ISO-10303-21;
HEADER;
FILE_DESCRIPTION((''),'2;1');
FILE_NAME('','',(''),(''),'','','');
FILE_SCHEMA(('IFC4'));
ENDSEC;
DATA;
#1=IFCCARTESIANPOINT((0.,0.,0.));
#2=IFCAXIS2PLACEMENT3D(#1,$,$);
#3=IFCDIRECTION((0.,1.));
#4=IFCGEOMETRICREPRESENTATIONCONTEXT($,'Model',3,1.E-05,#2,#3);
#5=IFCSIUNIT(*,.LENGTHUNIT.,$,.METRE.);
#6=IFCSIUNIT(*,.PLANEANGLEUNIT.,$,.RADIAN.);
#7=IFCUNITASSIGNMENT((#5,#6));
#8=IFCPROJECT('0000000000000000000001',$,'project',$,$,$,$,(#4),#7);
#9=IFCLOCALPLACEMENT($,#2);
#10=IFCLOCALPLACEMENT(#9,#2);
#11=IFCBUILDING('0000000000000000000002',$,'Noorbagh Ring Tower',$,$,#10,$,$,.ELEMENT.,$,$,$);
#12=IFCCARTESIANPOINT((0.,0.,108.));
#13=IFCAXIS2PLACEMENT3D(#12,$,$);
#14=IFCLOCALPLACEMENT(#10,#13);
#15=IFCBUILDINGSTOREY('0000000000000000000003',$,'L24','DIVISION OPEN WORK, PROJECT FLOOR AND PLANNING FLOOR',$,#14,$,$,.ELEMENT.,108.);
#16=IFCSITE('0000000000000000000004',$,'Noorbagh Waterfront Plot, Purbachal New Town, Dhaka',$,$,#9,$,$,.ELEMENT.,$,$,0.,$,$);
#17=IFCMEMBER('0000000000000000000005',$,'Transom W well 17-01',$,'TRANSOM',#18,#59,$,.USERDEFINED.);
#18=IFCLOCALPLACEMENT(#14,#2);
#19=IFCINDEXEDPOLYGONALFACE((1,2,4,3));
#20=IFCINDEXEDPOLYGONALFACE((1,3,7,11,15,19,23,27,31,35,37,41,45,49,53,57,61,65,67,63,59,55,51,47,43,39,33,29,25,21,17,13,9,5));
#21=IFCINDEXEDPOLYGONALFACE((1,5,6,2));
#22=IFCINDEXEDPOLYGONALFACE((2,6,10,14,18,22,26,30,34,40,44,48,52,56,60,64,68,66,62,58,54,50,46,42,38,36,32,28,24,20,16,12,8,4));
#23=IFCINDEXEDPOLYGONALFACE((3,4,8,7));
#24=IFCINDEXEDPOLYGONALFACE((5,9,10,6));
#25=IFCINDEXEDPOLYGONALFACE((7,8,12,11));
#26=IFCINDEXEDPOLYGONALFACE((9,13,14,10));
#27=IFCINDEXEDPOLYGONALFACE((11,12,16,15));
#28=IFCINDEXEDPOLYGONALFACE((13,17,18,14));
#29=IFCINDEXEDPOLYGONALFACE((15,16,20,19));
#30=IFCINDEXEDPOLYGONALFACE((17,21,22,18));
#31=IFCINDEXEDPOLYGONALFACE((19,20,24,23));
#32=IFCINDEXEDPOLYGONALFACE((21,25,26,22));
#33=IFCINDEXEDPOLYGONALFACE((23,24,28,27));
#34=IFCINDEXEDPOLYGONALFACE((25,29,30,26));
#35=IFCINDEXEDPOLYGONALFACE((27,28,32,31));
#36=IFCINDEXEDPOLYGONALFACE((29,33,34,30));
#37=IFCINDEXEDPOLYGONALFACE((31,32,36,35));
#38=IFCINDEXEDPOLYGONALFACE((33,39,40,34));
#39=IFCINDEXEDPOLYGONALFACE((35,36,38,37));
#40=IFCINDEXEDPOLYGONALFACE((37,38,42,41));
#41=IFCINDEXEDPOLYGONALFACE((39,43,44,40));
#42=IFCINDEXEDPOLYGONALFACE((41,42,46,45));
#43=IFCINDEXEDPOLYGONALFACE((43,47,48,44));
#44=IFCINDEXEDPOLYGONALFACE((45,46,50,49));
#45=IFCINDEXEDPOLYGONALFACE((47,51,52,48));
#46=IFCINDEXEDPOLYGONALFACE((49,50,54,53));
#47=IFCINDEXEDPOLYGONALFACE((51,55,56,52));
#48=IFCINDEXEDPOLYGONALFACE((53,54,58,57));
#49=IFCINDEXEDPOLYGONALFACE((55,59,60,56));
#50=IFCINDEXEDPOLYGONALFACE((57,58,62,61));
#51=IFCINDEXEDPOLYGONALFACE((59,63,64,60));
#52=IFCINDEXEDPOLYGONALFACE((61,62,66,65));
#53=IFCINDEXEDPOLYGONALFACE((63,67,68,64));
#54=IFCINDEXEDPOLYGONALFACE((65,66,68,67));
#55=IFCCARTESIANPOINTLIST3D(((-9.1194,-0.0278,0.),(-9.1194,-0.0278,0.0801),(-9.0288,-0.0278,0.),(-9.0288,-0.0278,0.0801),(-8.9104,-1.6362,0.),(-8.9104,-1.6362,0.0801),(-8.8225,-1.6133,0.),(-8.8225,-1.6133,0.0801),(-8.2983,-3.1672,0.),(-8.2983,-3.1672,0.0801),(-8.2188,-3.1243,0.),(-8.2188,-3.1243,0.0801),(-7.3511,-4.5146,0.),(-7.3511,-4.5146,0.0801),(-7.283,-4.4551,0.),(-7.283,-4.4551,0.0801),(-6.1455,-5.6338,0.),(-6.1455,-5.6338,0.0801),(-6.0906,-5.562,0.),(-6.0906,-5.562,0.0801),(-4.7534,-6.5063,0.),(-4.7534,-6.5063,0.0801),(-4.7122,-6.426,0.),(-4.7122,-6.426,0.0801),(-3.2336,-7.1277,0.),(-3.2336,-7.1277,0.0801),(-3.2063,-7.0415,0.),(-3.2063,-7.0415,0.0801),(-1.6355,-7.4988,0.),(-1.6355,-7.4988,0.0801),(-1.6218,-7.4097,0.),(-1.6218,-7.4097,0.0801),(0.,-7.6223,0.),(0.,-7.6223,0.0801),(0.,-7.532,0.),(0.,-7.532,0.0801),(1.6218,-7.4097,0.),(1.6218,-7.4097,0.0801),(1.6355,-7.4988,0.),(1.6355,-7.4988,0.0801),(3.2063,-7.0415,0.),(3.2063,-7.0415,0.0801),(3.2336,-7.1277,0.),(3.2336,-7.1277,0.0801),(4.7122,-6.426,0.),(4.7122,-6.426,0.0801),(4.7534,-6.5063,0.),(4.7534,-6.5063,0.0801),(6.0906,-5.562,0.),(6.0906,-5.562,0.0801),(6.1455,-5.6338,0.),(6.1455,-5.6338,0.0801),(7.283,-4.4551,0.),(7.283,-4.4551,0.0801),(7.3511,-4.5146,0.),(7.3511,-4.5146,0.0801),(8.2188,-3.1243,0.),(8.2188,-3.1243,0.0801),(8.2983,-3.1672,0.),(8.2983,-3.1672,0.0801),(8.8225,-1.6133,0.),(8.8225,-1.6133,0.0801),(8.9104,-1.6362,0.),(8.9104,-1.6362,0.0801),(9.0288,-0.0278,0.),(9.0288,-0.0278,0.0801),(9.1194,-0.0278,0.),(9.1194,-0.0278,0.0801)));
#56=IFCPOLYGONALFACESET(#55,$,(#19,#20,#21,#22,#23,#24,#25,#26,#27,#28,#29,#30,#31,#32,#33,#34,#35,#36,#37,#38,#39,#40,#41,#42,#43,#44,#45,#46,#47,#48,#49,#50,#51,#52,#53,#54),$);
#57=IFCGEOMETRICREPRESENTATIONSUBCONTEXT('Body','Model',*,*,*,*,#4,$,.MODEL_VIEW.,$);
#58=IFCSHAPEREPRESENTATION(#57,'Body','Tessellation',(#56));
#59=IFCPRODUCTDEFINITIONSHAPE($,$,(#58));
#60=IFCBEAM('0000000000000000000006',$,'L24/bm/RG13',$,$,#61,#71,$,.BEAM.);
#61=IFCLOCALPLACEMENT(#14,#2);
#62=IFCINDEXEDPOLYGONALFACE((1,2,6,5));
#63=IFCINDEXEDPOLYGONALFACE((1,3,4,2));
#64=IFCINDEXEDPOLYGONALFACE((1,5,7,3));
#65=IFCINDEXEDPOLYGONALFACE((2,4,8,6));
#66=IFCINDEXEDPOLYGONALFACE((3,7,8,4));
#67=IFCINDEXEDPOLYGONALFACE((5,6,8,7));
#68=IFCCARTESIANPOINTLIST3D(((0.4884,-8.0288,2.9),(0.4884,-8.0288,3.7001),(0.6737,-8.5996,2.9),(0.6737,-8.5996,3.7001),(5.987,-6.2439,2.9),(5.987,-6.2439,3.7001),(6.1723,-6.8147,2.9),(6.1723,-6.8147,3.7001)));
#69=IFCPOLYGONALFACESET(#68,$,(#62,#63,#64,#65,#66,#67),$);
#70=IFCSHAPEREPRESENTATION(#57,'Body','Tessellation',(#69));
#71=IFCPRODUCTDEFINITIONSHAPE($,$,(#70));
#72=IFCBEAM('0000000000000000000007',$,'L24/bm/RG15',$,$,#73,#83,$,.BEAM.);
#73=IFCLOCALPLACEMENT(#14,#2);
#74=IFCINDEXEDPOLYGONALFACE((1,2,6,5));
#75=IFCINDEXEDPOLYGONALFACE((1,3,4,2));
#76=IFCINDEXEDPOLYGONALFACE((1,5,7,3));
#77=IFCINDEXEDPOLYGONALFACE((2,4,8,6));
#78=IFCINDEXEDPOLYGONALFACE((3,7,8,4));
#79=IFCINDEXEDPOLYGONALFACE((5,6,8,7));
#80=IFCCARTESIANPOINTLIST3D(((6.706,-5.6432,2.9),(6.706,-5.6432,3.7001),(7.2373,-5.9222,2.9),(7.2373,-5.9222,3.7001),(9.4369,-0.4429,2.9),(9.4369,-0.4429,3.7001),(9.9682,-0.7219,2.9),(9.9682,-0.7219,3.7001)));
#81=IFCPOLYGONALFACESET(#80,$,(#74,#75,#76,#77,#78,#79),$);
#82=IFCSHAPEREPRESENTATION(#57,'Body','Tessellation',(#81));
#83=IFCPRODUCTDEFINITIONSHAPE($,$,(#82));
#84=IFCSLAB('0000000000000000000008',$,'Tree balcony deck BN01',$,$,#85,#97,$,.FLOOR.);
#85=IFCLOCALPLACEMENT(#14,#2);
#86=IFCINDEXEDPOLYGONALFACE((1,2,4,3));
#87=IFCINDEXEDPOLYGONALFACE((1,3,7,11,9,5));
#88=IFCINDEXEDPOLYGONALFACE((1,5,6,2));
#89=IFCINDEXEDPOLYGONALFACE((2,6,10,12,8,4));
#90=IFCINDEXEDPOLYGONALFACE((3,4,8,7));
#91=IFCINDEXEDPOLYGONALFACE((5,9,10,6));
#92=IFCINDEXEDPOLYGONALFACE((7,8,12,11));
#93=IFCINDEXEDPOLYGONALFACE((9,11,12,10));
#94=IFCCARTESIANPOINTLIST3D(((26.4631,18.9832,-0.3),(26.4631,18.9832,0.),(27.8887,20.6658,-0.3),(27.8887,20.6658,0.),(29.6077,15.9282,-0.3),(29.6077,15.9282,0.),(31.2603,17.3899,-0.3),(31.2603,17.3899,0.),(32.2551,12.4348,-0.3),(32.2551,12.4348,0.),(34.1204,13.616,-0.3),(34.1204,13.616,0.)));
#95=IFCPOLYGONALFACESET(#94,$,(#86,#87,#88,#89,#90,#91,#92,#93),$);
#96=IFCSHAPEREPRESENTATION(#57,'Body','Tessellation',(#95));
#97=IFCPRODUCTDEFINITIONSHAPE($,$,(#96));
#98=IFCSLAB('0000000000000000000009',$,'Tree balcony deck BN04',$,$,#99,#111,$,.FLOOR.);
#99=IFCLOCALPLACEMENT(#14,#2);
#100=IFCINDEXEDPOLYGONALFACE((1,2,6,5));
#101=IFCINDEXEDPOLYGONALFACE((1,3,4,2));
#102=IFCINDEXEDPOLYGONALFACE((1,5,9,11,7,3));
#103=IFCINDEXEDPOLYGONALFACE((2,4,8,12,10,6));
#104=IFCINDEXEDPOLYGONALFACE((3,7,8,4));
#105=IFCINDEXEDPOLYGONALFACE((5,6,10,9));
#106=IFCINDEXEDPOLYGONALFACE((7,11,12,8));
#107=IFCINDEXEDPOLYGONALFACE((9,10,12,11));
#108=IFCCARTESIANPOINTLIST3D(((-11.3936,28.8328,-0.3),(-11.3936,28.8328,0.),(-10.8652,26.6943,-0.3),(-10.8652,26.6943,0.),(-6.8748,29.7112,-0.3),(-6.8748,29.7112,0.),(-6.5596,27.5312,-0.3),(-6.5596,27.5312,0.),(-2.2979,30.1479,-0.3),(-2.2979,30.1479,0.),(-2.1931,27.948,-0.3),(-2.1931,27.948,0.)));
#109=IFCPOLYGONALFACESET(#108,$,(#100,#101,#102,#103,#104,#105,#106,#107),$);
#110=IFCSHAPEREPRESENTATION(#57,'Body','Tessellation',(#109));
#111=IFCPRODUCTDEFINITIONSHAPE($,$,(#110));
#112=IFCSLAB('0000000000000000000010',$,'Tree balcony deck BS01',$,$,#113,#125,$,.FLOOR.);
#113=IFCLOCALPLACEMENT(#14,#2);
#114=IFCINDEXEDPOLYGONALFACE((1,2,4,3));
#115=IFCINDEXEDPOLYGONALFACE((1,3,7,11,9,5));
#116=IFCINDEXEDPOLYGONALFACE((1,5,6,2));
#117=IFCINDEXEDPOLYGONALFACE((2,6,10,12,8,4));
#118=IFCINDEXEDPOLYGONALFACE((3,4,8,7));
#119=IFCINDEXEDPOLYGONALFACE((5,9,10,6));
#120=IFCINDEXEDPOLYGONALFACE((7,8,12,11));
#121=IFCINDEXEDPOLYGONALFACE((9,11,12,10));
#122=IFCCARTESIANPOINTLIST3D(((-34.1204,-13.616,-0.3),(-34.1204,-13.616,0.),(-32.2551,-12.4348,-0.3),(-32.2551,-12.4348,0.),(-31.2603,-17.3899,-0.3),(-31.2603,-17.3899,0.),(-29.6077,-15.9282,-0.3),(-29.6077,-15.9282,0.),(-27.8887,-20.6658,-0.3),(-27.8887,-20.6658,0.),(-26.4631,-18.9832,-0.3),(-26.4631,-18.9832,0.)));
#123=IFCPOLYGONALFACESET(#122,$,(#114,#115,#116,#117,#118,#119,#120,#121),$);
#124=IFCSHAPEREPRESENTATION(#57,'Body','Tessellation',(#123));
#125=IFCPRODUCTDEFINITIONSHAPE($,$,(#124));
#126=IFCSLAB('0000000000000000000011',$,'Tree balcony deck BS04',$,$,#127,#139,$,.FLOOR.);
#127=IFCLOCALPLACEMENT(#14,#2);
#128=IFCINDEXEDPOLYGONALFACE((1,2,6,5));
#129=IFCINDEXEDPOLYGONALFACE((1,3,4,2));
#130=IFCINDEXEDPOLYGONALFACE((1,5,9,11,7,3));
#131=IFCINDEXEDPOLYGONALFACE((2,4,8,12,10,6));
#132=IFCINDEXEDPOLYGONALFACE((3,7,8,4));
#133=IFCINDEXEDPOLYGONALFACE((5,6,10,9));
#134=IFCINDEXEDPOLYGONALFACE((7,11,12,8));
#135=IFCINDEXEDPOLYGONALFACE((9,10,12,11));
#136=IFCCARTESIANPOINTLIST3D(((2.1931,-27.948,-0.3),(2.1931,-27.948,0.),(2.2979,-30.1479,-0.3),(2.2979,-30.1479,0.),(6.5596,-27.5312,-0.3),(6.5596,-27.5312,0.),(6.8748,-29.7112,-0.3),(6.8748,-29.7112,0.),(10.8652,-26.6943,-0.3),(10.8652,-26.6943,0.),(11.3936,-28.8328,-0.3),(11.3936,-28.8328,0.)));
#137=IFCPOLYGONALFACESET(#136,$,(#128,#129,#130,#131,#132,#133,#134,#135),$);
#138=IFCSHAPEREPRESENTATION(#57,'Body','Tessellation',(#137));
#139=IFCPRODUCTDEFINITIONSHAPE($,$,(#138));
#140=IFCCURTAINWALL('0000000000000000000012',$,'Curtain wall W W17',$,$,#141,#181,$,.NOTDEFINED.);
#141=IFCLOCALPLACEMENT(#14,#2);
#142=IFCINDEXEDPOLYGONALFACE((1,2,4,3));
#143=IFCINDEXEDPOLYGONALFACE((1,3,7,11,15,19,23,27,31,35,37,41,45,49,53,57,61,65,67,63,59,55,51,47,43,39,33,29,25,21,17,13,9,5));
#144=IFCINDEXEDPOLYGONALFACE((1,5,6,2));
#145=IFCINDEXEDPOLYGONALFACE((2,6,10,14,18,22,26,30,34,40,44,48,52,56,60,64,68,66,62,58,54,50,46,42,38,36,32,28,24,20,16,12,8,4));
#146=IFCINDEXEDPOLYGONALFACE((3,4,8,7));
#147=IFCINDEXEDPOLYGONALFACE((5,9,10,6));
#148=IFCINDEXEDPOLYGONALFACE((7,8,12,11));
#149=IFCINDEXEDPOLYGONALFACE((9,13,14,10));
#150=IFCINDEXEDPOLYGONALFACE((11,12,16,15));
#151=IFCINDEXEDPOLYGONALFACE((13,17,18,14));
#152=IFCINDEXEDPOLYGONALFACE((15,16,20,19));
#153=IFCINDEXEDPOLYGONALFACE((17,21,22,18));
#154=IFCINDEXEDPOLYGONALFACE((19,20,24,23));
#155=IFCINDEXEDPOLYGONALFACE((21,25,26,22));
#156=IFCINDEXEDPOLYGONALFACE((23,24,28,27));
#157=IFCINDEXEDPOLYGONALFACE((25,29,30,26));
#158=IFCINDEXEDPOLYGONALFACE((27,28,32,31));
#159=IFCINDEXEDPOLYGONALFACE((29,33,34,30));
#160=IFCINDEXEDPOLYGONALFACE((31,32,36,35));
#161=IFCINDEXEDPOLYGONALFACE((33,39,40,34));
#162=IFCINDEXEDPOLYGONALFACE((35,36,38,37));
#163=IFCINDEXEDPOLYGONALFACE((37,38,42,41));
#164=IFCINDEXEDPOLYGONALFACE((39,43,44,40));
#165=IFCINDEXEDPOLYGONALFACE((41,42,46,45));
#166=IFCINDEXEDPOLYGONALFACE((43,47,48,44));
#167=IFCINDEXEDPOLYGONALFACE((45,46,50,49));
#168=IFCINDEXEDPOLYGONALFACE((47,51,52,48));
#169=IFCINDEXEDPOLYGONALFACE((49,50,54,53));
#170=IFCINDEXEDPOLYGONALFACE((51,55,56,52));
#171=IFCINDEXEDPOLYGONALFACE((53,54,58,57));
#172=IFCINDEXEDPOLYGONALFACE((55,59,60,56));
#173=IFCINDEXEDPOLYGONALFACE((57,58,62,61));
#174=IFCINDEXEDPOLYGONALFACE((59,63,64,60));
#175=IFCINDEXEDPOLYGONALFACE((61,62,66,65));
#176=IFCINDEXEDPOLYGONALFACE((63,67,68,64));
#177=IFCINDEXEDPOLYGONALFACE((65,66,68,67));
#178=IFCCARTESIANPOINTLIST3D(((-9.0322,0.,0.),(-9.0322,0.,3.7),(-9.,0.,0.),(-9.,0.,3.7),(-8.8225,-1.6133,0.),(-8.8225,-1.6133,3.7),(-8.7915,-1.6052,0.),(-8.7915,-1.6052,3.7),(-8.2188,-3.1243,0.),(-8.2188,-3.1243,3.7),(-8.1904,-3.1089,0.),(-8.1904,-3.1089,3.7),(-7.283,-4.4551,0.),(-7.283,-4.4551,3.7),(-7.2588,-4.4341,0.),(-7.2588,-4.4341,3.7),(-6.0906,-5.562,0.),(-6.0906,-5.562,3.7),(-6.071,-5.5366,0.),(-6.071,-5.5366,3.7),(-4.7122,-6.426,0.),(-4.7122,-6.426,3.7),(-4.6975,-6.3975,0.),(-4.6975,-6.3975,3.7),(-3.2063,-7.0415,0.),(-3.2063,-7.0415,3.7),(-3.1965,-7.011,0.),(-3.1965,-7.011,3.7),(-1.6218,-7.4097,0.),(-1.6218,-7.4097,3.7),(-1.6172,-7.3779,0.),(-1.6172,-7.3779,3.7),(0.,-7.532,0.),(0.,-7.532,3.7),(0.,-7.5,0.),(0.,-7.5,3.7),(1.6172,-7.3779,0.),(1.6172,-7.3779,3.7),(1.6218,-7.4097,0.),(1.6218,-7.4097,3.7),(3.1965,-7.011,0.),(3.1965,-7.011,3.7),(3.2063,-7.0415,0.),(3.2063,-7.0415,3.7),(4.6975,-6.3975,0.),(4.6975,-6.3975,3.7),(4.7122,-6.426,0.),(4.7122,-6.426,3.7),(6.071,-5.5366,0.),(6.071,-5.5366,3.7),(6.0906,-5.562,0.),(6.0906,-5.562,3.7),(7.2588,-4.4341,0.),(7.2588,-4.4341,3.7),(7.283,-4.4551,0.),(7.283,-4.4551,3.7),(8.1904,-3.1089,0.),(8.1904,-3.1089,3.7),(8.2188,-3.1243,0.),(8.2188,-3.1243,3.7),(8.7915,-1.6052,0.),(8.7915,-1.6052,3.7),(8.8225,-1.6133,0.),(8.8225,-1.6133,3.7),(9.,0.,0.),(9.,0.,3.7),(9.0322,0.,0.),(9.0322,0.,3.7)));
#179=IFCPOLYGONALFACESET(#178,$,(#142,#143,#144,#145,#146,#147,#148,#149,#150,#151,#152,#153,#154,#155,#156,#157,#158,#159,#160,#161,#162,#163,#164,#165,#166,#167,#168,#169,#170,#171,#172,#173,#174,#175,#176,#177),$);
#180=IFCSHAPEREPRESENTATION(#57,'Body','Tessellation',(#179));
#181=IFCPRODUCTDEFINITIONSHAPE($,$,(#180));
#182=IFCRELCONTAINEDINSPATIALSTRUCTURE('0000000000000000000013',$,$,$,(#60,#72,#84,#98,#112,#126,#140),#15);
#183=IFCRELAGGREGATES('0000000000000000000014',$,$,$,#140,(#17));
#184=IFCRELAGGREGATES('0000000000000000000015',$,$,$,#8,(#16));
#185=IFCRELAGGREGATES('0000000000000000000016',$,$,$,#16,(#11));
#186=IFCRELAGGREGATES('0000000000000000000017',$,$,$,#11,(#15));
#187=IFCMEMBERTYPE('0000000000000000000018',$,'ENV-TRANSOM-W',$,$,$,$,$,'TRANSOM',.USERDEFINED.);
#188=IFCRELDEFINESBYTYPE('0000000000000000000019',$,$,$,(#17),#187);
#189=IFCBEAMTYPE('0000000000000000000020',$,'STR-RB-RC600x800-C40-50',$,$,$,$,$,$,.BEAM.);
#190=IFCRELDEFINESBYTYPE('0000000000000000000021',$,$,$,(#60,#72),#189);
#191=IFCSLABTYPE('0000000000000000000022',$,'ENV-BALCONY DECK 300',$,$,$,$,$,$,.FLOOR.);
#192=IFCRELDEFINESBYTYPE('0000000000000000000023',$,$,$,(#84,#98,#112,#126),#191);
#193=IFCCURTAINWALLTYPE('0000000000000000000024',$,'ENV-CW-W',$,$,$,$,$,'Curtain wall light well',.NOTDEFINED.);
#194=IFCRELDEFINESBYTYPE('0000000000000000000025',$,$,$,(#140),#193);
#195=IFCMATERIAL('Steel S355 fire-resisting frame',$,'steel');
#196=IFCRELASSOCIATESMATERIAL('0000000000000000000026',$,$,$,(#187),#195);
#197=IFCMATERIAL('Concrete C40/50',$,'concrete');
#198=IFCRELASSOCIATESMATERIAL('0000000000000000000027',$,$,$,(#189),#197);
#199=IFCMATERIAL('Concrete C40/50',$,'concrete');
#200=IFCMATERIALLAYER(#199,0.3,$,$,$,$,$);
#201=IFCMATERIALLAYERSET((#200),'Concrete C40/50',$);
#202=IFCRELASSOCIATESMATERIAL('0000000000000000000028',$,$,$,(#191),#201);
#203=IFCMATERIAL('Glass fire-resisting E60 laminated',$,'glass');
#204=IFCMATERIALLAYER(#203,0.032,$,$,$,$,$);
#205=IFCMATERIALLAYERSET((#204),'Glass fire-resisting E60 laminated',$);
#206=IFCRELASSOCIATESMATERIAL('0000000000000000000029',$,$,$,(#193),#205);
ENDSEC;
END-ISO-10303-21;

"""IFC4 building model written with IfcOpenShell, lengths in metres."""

from ifc_helpers import new_model, si_unit, direction, frame, origin, origin_2d, place, context, subcontext, project, spatial, polyline, rectangle, outline, extrude, material, layer, layer_set, material_profile, profile_set, type_object, element, aggregate, save


model = new_model("IFC4")

# Units and contexts
model_context = context("Model", 3, precision=1e-05, world=origin(), true_north=direction((0.0, 1.0)))
body_context = subcontext(model_context, "Body", "Model", "MODEL_VIEW")
ifc_project = project(units=[si_unit("LENGTHUNIT", "METRE"), si_unit("PLANEANGLEUNIT", "RADIAN")], contexts=[model_context])

# Site, building, storey
site_placement = place(None, origin())
site = spatial("IfcSite", under=ifc_project, at=site_placement, Name="Noorbagh Waterfront Plot, Purbachal New Town, Dhaka", CompositionType="ELEMENT", RefElevation=0.0)
building_placement = place(site_placement, origin())
building = spatial("IfcBuilding", under=site, at=building_placement, Name="Noorbagh Ring Tower", CompositionType="ELEMENT")
storey_placement = place(building_placement, frame((0.0, 0.0, 108.0)))
storey = spatial("IfcBuildingStorey", under=building, at=storey_placement, Name="L24", Description="DIVISION OPEN WORK, PROJECT FLOOR AND PLANNING FLOOR", CompositionType="ELEMENT", Elevation=108.0)

# Member
ifc_material_1 = material(Name="Steel S355 fire-resisting frame", Category="steel")
member_type_1 = type_object("IfcMemberType", Name="ENV-TRANSOM-W", ElementType="TRANSOM", PredefinedType="USERDEFINED", material=ifc_material_1)
member_1_placement = place(storey_placement, origin())
member_1 = element("IfcMember", 1, at=member_1_placement, type_object=member_type_1, Name="Transom W well 17-01", ObjectType="TRANSOM", PredefinedType="USERDEFINED", context=body_context, shape_type="SweptSolid", body=[
    extrude(outline(polyline([(-9.1194, -0.0278), (-8.9104, -1.6362), (-8.2983, -3.1672), (-7.3511, -4.5146), (-6.1455, -5.6338), (-4.7534, -6.5063), (-3.2336, -7.1277), (-1.6355, -7.4988), (0.0, -7.6223), (1.6355, -7.4988), (3.2336, -7.1277), (4.7534, -6.5063), (6.1455, -5.6338), (7.3511, -4.5146), (8.2983, -3.1672), (8.9104, -1.6362), (9.1194, -0.0278), (9.0288, -0.0278), (8.8225, -1.6133), (8.2188, -3.1243), (7.283, -4.4551), (6.0906, -5.562), (4.7122, -6.426), (3.2063, -7.0415), (1.6218, -7.4097), (0.0, -7.532), (-1.6218, -7.4097), (-3.2063, -7.0415), (-4.7122, -6.426), (-6.0906, -5.562), (-7.283, -4.4551), (-8.2188, -3.1243), (-8.8225, -1.6133), (-9.0288, -0.0278), (-9.1194, -0.0278)])), origin(), (0.0, 0.0, 1.0), 0.0801),
])

# Beams
ifc_material_2 = material(Name="Concrete C40/50", Category="concrete")
ifc_material_profile_1 = material_profile(ifc_material_2, rectangle(XDim=0.6001, YDim=0.8, at=origin_2d()), Name="RC600x800")
ifc_profile_set_1 = profile_set([ifc_material_profile_1], Name="Concrete C40/50")
beam_type = type_object("IfcBeamType", Name="STR-RB-RC600x800-C40-50", PredefinedType="BEAM", material=ifc_profile_set_1)
beam_1_placement = place(storey_placement, frame((0.5811, -8.3142, 3.3), z_axis=(0.951141, 0.308756, 0.0), x_axis=(-0.308756, 0.951141, 0.0)))
element("IfcBeam", 2, at=beam_1_placement, inside=storey, type_object=beam_type, Name="L24/bm/RG13", PredefinedType="BEAM", context=body_context, shape_type="SweptSolid", body=[
    extrude(rectangle(XDim=0.6001, YDim=0.8, at=origin_2d()), origin(), (0.0, 0.0, 1.0), 5.781),
])
beam_2_placement = place(storey_placement, frame((6.9717, -5.7827, 3.3), z_axis=(0.464931, 0.885347, 0.0), x_axis=(-0.885347, 0.464931, 0.0)))
element("IfcBeam", 3, at=beam_2_placement, inside=storey, type_object=beam_type, Name="L24/bm/RG15", PredefinedType="BEAM", context=body_context, shape_type="SweptSolid", body=[
    extrude(rectangle(XDim=0.6001, YDim=0.8, at=origin_2d()), origin(), (0.0, 0.0, 1.0), 5.8738),
])

# Slabs
ifc_material_3 = material(Name="Concrete C40/50", Category="concrete")
ifc_layer_1 = layer(ifc_material_3, 0.3)
ifc_layer_set_1 = layer_set([ifc_layer_1], Name="Concrete C40/50")
slab_type = type_object("IfcSlabType", Name="ENV-BALCONY DECK 300", PredefinedType="FLOOR", material=ifc_layer_set_1)
slab_1_placement = place(storey_placement, frame((0.0, 0.0, -0.3)))
element("IfcSlab", 4, at=slab_1_placement, inside=storey, type_object=slab_type, Name="Tree balcony deck BN01", PredefinedType="FLOOR", context=body_context, shape_type="SweptSolid", body=[
    extrude(outline(polyline([(34.1204, 13.616), (31.2603, 17.3899), (27.8887, 20.6658), (26.4631, 18.9832), (29.6077, 15.9282), (32.2551, 12.4348), (34.1204, 13.616)])), origin(), (0.0, 0.0, 1.0), 0.3),
])
slab_2_placement = place(storey_placement, frame((0.0, 0.0, -0.3)))
element("IfcSlab", 5, at=slab_2_placement, inside=storey, type_object=slab_type, Name="Tree balcony deck BN04", PredefinedType="FLOOR", context=body_context, shape_type="SweptSolid", body=[
    extrude(outline(polyline([(-2.2979, 30.1479), (-6.8748, 29.7112), (-11.3936, 28.8328), (-10.8652, 26.6943), (-6.5596, 27.5312), (-2.1931, 27.948), (-2.2979, 30.1479)])), origin(), (0.0, 0.0, 1.0), 0.3),
])
slab_3_placement = place(storey_placement, frame((0.0, 0.0, -0.3)))
element("IfcSlab", 6, at=slab_3_placement, inside=storey, type_object=slab_type, Name="Tree balcony deck BS01", PredefinedType="FLOOR", context=body_context, shape_type="SweptSolid", body=[
    extrude(outline(polyline([(-34.1204, -13.616), (-31.2603, -17.3899), (-27.8887, -20.6658), (-26.4631, -18.9832), (-29.6077, -15.9282), (-32.2551, -12.4348), (-34.1204, -13.616)])), origin(), (0.0, 0.0, 1.0), 0.3),
])
slab_4_placement = place(storey_placement, frame((0.0, 0.0, -0.3)))
element("IfcSlab", 7, at=slab_4_placement, inside=storey, type_object=slab_type, Name="Tree balcony deck BS04", PredefinedType="FLOOR", context=body_context, shape_type="SweptSolid", body=[
    extrude(outline(polyline([(2.2979, -30.1479), (6.8748, -29.7112), (11.3936, -28.8328), (10.8652, -26.6943), (6.5596, -27.5312), (2.1931, -27.948), (2.2979, -30.1479)])), origin(), (0.0, 0.0, 1.0), 0.3),
])

# Curtain wall
ifc_material_4 = material(Name="Glass fire-resisting E60 laminated", Category="glass")
ifc_layer_2 = layer(ifc_material_4, 0.032)
ifc_layer_set_2 = layer_set([ifc_layer_2], Name="Glass fire-resisting E60 laminated")
curtain_wall_type_1 = type_object("IfcCurtainWallType", Name="ENV-CW-W", ElementType="Curtain wall light well", PredefinedType="NOTDEFINED", material=ifc_layer_set_2)
curtain_wall_1_placement = place(storey_placement, origin())
curtain_wall_1 = element("IfcCurtainWall", 8, at=curtain_wall_1_placement, inside=storey, type_object=curtain_wall_type_1, Name="Curtain wall W W17", PredefinedType="NOTDEFINED", context=body_context, shape_type="SweptSolid", body=[
    extrude(outline(polyline([(-9.0322, 0.0), (-8.8225, -1.6133), (-8.2188, -3.1243), (-7.283, -4.4551), (-6.0906, -5.562), (-4.7122, -6.426), (-3.2063, -7.0415), (-1.6218, -7.4097), (0.0, -7.532), (1.6218, -7.4097), (3.2063, -7.0415), (4.7122, -6.426), (6.0906, -5.562), (7.283, -4.4551), (8.2188, -3.1243), (8.8225, -1.6133), (9.0322, 0.0), (9.0, 0.0), (8.7915, -1.6052), (8.1904, -3.1089), (7.2588, -4.4341), (6.071, -5.5366), (4.6975, -6.3975), (3.1965, -7.011), (1.6172, -7.3779), (0.0, -7.5), (-1.6172, -7.3779), (-3.1965, -7.011), (-4.6975, -6.3975), (-6.071, -5.5366), (-7.2588, -4.4341), (-8.1904, -3.1089), (-8.7915, -1.6052), (-9.0, 0.0), (-9.0322, 0.0)])), origin(), (0.0, 0.0, 1.0), 3.7),
])
aggregate(curtain_wall_1, [member_1])

save(model, "model.ifc")
